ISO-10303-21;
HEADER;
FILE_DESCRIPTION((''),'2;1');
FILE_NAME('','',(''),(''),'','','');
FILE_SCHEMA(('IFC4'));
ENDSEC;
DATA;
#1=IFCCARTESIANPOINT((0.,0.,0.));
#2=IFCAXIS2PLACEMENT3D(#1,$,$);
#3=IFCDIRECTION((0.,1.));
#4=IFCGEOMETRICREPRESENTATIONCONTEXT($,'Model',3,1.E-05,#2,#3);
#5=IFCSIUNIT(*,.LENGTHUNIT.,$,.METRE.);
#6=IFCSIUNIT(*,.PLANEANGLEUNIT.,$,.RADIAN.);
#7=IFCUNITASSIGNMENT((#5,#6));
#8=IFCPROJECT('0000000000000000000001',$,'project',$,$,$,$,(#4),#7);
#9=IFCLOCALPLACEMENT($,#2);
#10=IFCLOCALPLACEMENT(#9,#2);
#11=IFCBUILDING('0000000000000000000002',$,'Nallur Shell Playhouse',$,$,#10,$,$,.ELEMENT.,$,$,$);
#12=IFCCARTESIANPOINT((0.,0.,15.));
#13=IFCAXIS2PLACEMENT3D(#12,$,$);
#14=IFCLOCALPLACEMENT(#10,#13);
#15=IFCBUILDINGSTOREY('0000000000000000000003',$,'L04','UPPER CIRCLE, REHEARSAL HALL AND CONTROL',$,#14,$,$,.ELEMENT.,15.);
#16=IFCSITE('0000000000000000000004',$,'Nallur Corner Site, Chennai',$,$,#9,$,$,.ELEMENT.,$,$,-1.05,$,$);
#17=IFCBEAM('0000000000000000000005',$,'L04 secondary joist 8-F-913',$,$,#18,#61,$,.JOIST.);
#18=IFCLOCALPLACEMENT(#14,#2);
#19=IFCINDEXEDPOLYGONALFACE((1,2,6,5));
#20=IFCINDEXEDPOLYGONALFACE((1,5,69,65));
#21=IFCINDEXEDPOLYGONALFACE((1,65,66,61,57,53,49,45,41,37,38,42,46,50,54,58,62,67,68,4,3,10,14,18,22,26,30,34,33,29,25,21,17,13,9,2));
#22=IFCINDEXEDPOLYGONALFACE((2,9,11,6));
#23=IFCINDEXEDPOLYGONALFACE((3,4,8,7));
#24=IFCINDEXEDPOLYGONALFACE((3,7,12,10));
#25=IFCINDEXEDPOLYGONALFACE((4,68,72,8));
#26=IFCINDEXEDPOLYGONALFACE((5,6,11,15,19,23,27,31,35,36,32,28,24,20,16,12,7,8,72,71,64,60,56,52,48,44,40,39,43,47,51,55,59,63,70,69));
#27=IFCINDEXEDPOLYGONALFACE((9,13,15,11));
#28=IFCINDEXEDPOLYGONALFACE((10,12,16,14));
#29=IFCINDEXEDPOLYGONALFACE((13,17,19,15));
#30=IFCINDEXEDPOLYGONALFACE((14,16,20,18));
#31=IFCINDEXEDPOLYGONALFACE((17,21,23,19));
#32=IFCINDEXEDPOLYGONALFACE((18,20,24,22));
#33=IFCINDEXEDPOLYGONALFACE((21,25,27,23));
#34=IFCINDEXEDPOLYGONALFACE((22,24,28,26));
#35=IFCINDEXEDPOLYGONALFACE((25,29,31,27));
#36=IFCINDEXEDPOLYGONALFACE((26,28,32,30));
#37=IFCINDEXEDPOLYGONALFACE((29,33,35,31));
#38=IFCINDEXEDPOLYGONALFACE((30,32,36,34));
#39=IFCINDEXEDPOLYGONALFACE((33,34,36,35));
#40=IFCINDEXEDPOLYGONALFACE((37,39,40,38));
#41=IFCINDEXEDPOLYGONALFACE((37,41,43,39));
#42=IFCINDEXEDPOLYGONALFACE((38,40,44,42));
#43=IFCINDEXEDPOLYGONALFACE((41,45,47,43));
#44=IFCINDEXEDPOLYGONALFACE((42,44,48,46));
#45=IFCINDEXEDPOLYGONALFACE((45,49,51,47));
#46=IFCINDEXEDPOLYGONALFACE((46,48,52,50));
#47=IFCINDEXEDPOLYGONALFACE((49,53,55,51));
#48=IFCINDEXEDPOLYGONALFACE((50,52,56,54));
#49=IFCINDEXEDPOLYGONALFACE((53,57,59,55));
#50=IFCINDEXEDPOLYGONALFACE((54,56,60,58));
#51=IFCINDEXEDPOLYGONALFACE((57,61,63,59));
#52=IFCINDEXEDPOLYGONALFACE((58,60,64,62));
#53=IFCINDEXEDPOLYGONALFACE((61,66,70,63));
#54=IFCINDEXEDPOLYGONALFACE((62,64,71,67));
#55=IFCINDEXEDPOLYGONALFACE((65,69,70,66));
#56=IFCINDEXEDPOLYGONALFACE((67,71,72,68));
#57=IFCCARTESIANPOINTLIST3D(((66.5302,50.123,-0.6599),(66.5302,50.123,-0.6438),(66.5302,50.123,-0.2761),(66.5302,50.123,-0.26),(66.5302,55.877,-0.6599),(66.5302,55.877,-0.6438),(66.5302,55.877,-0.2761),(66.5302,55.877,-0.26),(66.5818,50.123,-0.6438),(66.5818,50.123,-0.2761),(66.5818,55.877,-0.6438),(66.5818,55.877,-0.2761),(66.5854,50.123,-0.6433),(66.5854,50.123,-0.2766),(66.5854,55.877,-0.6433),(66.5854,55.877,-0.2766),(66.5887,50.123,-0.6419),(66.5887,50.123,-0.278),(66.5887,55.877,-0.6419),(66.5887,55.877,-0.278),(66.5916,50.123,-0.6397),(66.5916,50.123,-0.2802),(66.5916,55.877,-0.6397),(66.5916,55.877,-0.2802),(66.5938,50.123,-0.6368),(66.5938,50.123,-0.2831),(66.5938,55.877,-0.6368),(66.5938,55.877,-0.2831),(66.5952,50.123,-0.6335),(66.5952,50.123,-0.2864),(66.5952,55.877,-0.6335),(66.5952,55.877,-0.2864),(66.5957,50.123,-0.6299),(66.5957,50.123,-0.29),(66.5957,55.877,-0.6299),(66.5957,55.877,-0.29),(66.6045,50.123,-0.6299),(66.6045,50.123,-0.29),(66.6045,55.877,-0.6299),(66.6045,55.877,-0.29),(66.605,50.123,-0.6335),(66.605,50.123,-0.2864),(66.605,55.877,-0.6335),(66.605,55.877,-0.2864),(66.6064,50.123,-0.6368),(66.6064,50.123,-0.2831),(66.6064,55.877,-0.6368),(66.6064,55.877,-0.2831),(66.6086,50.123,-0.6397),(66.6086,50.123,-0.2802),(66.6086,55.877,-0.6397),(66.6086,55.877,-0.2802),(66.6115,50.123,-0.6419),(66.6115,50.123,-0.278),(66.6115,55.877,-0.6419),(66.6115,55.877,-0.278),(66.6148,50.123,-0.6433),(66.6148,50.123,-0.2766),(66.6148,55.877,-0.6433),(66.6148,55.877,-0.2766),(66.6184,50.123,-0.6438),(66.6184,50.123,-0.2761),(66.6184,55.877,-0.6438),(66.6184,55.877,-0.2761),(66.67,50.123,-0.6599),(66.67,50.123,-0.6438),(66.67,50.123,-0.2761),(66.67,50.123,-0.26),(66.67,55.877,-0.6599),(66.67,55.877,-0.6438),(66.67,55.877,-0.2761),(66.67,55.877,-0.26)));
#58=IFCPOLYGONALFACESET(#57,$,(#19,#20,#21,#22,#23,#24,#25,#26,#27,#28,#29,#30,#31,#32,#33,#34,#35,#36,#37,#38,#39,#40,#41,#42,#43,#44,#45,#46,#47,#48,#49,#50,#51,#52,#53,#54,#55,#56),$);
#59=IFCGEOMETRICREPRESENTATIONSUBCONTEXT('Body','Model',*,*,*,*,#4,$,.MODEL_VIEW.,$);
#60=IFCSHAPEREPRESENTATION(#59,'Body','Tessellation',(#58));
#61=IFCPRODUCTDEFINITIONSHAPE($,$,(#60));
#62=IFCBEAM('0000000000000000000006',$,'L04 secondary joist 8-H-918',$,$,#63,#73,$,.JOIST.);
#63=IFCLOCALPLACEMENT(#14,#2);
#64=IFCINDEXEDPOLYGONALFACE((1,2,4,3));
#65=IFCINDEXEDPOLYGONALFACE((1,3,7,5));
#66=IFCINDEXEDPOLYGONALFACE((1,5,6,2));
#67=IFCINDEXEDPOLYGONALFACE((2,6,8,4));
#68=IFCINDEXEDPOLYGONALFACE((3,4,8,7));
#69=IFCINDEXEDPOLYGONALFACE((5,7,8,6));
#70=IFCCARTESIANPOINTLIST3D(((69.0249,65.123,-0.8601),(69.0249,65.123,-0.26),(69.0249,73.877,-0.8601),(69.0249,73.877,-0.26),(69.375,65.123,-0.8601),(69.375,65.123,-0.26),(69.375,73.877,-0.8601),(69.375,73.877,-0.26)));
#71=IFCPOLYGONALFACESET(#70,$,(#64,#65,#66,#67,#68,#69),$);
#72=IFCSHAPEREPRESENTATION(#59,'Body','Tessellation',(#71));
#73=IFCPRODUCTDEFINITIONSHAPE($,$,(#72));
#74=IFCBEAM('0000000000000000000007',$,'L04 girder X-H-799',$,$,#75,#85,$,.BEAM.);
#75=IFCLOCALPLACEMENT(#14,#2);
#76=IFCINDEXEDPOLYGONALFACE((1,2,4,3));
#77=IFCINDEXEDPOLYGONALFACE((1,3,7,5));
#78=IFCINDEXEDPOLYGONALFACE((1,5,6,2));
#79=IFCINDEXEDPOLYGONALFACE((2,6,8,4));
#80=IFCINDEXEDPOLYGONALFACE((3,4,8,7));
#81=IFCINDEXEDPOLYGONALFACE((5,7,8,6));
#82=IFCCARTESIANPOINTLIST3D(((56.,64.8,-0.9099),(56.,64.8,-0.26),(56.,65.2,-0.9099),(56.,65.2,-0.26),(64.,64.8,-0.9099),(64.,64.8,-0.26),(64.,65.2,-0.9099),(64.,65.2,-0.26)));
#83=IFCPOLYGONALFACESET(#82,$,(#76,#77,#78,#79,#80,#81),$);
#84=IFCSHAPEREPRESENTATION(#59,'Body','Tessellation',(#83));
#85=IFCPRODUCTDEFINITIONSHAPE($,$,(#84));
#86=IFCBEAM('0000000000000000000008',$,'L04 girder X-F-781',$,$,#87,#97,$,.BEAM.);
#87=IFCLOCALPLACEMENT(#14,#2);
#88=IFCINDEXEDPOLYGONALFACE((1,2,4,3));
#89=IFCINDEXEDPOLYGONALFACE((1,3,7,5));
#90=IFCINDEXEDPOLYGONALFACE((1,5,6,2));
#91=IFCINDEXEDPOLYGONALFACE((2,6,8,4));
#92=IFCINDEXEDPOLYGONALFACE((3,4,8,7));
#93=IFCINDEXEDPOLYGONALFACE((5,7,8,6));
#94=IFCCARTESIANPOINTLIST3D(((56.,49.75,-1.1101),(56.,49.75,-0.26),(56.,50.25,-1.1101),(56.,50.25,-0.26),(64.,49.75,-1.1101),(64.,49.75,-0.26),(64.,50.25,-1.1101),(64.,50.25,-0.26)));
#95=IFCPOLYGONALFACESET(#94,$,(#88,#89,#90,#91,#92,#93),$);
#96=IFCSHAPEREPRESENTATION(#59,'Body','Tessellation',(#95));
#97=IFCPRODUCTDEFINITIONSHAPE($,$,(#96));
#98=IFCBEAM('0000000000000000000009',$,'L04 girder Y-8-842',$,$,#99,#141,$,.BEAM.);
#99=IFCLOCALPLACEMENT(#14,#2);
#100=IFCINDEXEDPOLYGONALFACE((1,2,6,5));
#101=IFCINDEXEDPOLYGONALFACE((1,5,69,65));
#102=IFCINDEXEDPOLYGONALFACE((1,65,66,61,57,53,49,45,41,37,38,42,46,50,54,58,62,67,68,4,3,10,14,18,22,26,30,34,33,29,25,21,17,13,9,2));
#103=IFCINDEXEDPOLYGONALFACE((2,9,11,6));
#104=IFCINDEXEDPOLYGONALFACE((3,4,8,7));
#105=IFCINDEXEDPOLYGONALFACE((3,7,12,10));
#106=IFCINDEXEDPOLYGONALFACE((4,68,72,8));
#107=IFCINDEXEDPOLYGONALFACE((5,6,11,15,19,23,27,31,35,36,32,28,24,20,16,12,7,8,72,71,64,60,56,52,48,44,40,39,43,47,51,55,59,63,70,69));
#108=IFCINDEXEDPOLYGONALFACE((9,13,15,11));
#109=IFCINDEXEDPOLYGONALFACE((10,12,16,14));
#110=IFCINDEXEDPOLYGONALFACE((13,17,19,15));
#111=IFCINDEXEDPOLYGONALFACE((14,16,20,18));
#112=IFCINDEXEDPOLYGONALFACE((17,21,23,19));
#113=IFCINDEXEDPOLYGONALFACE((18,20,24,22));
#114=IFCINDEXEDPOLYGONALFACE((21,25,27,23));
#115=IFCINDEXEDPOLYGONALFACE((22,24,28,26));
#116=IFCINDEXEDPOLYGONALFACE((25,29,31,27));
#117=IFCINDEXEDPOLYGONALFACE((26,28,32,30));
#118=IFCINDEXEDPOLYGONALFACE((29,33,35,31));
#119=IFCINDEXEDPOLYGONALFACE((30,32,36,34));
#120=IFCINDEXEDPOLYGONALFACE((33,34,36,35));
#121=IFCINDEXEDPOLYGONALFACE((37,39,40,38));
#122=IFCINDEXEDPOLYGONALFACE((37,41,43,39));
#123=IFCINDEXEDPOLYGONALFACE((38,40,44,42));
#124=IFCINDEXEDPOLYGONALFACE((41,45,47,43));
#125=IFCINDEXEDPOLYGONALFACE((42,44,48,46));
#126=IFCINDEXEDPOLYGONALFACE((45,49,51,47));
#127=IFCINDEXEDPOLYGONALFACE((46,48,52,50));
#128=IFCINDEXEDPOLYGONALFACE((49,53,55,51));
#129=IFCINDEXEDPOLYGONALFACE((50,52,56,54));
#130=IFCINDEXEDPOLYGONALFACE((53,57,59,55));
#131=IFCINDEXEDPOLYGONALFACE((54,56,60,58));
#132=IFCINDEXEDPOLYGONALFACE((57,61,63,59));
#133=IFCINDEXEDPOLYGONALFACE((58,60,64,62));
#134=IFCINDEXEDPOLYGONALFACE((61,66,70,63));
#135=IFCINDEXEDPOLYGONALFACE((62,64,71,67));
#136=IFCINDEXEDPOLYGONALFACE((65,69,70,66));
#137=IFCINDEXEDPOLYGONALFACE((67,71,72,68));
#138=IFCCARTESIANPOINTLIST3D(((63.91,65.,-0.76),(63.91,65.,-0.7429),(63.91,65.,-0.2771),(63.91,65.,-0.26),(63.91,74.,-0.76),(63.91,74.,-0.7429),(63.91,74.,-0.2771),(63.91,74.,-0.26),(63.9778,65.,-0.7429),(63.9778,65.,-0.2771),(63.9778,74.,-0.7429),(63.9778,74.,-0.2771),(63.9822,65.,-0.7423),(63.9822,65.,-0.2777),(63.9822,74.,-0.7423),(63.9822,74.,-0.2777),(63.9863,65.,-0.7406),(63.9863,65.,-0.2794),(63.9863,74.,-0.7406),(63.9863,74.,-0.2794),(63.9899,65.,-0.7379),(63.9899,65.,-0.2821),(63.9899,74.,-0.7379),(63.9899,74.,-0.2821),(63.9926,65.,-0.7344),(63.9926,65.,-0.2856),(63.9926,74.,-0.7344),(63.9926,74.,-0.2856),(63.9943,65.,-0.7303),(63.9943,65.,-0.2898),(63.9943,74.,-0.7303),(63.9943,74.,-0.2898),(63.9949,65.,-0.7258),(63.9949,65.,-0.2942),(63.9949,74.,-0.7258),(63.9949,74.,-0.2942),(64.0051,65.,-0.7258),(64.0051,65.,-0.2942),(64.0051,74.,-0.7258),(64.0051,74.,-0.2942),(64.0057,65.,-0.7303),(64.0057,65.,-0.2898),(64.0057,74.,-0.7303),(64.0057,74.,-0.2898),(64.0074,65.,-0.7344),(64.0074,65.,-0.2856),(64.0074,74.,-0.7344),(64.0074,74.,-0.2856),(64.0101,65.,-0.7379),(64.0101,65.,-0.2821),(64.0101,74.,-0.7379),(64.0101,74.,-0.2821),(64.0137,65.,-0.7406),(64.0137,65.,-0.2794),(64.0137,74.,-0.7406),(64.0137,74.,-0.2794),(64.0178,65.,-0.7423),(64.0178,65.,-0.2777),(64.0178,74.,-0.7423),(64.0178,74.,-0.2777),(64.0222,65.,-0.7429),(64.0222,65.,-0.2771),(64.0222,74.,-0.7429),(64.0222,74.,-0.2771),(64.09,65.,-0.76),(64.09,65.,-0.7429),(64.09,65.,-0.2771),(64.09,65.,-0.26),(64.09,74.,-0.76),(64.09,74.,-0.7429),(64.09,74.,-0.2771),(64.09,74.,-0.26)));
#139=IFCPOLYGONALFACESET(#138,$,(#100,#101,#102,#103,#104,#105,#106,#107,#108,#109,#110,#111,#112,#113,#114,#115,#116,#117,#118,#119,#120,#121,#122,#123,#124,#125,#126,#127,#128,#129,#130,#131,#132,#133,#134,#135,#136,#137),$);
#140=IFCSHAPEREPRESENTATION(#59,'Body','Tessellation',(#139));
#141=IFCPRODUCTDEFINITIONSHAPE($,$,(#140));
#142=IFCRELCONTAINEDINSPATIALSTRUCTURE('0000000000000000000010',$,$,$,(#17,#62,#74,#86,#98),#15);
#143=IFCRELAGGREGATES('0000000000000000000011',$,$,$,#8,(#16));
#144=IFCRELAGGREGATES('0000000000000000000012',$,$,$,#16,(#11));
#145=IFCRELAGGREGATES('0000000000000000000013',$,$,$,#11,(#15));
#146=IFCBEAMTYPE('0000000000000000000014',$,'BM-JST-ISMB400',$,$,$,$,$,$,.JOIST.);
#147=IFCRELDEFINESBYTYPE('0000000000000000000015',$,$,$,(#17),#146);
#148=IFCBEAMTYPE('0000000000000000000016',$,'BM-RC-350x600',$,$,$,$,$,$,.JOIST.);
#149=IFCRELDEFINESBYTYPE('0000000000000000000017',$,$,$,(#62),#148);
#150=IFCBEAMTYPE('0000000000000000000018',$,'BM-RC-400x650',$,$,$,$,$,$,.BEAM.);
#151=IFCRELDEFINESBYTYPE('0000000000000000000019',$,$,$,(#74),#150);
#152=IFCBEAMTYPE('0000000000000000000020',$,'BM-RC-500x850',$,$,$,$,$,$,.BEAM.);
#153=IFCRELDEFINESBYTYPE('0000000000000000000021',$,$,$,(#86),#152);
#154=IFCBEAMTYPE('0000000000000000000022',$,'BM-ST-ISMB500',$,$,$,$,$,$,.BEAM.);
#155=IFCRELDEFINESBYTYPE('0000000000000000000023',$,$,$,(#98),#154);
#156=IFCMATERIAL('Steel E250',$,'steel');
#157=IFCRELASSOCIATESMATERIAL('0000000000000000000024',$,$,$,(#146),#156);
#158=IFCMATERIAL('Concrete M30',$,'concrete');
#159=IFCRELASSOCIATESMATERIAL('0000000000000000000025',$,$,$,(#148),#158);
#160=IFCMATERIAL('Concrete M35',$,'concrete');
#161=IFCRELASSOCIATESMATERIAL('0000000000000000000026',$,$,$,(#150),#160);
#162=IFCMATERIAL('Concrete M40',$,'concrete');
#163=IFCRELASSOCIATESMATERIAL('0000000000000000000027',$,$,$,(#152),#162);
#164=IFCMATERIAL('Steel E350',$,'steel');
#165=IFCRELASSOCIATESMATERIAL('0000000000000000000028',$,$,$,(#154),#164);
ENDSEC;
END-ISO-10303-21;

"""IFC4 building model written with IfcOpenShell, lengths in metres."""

from ifc_helpers import new_model, si_unit, direction, frame, origin, origin_2d, place, context, subcontext, project, spatial, rectangle, i_section, extrude, material, material_profile, profile_set, type_object, element, save


model = new_model("IFC4")

# Units and contexts
model_context = context("Model", 3, precision=1e-05, world=origin(), true_north=direction((0.0, 1.0)))
body_context = subcontext(model_context, "Body", "Model", "MODEL_VIEW")
ifc_project = project(units=[si_unit("LENGTHUNIT", "METRE"), si_unit("PLANEANGLEUNIT", "RADIAN")], contexts=[model_context])

# Site, building, storey
site_placement = place(None, origin())
site = spatial("IfcSite", under=ifc_project, at=site_placement, Name="Nallur Corner Site, Chennai", CompositionType="ELEMENT", RefElevation=-1.05)
building_placement = place(site_placement, origin())
building = spatial("IfcBuilding", under=site, at=building_placement, Name="Nallur Shell Playhouse", CompositionType="ELEMENT")
storey_placement = place(building_placement, frame((0.0, 0.0, 15.0)))
storey = spatial("IfcBuildingStorey", under=building, at=storey_placement, Name="L04", Description="UPPER CIRCLE, REHEARSAL HALL AND CONTROL", CompositionType="ELEMENT", Elevation=15.0)

# Shared definitions
ifc_material_1 = material(Name="Concrete M40", Category="concrete")
ifc_material_2 = material(Name="Steel E350", Category="steel")

# Beams
ifc_material_3 = material(Name="Steel E250", Category="steel")
ifc_material_profile_1 = material_profile(ifc_material_3, i_section(OverallWidth=0.1399, OverallDepth=0.3999, WebThickness=0.0088, FlangeThickness=0.0161, FilletRadius=0.0139, at=origin_2d()), Name="ISMB 400")
ifc_profile_set_1 = profile_set([ifc_material_profile_1], Name="Steel E250")
beam_type_1 = type_object("IfcBeamType", Name="BM-JST-ISMB400", PredefinedType="JOIST", material=ifc_profile_set_1)
beam_1_placement = place(storey_placement, frame((66.6001, 50.123, -0.46), z_axis=(0.0, 1.0, 0.0), x_axis=(-1.0, 0.0, 0.0)))
element("IfcBeam", 1, at=beam_1_placement, inside=storey, type_object=beam_type_1, Name="L04 secondary joist 8-F-913", PredefinedType="JOIST", context=body_context, shape_type="SweptSolid", body=[
    extrude(i_section(OverallWidth=0.1399, OverallDepth=0.3999, WebThickness=0.0088, FlangeThickness=0.0161, FilletRadius=0.0139, at=origin_2d()), origin(), (0.0, 0.0, 1.0), 5.7539),
])
ifc_material_4 = material(Name="Concrete M30", Category="concrete")
ifc_material_profile_2 = material_profile(ifc_material_4, rectangle(XDim=0.3501, YDim=0.6001, at=origin_2d()), Name="RC 350x600")
ifc_profile_set_2 = profile_set([ifc_material_profile_2], Name="Concrete M30")
beam_type_2 = type_object("IfcBeamType", Name="BM-RC-350x600", PredefinedType="JOIST", material=ifc_profile_set_2)
beam_2_placement = place(storey_placement, frame((69.2, 65.123, -0.5601), z_axis=(0.0, 1.0, 0.0), x_axis=(-1.0, 0.0, 0.0)))
element("IfcBeam", 2, at=beam_2_placement, inside=storey, type_object=beam_type_2, Name="L04 secondary joist 8-H-918", PredefinedType="JOIST", context=body_context, shape_type="SweptSolid", body=[
    extrude(rectangle(XDim=0.3501, YDim=0.6001, at=origin_2d()), origin(), (0.0, 0.0, 1.0), 8.7539),
])
ifc_material_5 = material(Name="Concrete M35", Category="concrete")
ifc_material_profile_3 = material_profile(ifc_material_5, rectangle(XDim=0.3999, YDim=0.6499, at=origin_2d()), Name="RC 400x650")
ifc_profile_set_3 = profile_set([ifc_material_profile_3], Name="Concrete M35")
beam_type_3 = type_object("IfcBeamType", Name="BM-RC-400x650", PredefinedType="BEAM", material=ifc_profile_set_3)
beam_3_placement = place(storey_placement, frame((56.0, 65.0, -0.585), z_axis=(1.0, 0.0, 0.0), x_axis=(0.0, 1.0, 0.0)))
element("IfcBeam", 3, at=beam_3_placement, inside=storey, type_object=beam_type_3, Name="L04 girder X-H-799", PredefinedType="BEAM", context=body_context, shape_type="SweptSolid", body=[
    extrude(rectangle(XDim=0.3999, YDim=0.6499, at=origin_2d()), origin(), (0.0, 0.0, 1.0), 8.0),
])
ifc_material_profile_4 = material_profile(ifc_material_1, rectangle(XDim=0.5, YDim=0.8501, at=origin_2d()), Name="RC 500x850")
ifc_profile_set_4 = profile_set([ifc_material_profile_4], Name="Concrete M40")
beam_type_4 = type_object("IfcBeamType", Name="BM-RC-500x850", PredefinedType="BEAM", material=ifc_profile_set_4)
beam_4_placement = place(storey_placement, frame((56.0, 50.0, -0.6851), z_axis=(1.0, 0.0, 0.0), x_axis=(0.0, 1.0, 0.0)))
element("IfcBeam", 4, at=beam_4_placement, inside=storey, type_object=beam_type_4, Name="L04 girder X-F-781", PredefinedType="BEAM", context=body_context, shape_type="SweptSolid", body=[
    extrude(rectangle(XDim=0.5, YDim=0.8501, at=origin_2d()), origin(), (0.0, 0.0, 1.0), 8.0),
])
ifc_material_profile_5 = material_profile(ifc_material_2, i_section(OverallWidth=0.1799, OverallDepth=0.5, WebThickness=0.0103, FlangeThickness=0.0171, FilletRadius=0.0171, at=origin_2d()), Name="ISMB 500")
ifc_profile_set_5 = profile_set([ifc_material_profile_5], Name="Steel E350")
beam_type_5 = type_object("IfcBeamType", Name="BM-ST-ISMB500", PredefinedType="BEAM", material=ifc_profile_set_5)
beam_5_placement = place(storey_placement, frame((64.0, 65.0, -0.51), z_axis=(0.0, 1.0, 0.0), x_axis=(-1.0, 0.0, 0.0)))
element("IfcBeam", 5, at=beam_5_placement, inside=storey, type_object=beam_type_5, Name="L04 girder Y-8-842", PredefinedType="BEAM", context=body_context, shape_type="SweptSolid", body=[
    extrude(i_section(OverallWidth=0.1799, OverallDepth=0.5, WebThickness=0.0103, FlangeThickness=0.0171, FilletRadius=0.0171, at=origin_2d()), origin(), (0.0, 0.0, 1.0), 9.0),
])

save(model, "model.ifc")
